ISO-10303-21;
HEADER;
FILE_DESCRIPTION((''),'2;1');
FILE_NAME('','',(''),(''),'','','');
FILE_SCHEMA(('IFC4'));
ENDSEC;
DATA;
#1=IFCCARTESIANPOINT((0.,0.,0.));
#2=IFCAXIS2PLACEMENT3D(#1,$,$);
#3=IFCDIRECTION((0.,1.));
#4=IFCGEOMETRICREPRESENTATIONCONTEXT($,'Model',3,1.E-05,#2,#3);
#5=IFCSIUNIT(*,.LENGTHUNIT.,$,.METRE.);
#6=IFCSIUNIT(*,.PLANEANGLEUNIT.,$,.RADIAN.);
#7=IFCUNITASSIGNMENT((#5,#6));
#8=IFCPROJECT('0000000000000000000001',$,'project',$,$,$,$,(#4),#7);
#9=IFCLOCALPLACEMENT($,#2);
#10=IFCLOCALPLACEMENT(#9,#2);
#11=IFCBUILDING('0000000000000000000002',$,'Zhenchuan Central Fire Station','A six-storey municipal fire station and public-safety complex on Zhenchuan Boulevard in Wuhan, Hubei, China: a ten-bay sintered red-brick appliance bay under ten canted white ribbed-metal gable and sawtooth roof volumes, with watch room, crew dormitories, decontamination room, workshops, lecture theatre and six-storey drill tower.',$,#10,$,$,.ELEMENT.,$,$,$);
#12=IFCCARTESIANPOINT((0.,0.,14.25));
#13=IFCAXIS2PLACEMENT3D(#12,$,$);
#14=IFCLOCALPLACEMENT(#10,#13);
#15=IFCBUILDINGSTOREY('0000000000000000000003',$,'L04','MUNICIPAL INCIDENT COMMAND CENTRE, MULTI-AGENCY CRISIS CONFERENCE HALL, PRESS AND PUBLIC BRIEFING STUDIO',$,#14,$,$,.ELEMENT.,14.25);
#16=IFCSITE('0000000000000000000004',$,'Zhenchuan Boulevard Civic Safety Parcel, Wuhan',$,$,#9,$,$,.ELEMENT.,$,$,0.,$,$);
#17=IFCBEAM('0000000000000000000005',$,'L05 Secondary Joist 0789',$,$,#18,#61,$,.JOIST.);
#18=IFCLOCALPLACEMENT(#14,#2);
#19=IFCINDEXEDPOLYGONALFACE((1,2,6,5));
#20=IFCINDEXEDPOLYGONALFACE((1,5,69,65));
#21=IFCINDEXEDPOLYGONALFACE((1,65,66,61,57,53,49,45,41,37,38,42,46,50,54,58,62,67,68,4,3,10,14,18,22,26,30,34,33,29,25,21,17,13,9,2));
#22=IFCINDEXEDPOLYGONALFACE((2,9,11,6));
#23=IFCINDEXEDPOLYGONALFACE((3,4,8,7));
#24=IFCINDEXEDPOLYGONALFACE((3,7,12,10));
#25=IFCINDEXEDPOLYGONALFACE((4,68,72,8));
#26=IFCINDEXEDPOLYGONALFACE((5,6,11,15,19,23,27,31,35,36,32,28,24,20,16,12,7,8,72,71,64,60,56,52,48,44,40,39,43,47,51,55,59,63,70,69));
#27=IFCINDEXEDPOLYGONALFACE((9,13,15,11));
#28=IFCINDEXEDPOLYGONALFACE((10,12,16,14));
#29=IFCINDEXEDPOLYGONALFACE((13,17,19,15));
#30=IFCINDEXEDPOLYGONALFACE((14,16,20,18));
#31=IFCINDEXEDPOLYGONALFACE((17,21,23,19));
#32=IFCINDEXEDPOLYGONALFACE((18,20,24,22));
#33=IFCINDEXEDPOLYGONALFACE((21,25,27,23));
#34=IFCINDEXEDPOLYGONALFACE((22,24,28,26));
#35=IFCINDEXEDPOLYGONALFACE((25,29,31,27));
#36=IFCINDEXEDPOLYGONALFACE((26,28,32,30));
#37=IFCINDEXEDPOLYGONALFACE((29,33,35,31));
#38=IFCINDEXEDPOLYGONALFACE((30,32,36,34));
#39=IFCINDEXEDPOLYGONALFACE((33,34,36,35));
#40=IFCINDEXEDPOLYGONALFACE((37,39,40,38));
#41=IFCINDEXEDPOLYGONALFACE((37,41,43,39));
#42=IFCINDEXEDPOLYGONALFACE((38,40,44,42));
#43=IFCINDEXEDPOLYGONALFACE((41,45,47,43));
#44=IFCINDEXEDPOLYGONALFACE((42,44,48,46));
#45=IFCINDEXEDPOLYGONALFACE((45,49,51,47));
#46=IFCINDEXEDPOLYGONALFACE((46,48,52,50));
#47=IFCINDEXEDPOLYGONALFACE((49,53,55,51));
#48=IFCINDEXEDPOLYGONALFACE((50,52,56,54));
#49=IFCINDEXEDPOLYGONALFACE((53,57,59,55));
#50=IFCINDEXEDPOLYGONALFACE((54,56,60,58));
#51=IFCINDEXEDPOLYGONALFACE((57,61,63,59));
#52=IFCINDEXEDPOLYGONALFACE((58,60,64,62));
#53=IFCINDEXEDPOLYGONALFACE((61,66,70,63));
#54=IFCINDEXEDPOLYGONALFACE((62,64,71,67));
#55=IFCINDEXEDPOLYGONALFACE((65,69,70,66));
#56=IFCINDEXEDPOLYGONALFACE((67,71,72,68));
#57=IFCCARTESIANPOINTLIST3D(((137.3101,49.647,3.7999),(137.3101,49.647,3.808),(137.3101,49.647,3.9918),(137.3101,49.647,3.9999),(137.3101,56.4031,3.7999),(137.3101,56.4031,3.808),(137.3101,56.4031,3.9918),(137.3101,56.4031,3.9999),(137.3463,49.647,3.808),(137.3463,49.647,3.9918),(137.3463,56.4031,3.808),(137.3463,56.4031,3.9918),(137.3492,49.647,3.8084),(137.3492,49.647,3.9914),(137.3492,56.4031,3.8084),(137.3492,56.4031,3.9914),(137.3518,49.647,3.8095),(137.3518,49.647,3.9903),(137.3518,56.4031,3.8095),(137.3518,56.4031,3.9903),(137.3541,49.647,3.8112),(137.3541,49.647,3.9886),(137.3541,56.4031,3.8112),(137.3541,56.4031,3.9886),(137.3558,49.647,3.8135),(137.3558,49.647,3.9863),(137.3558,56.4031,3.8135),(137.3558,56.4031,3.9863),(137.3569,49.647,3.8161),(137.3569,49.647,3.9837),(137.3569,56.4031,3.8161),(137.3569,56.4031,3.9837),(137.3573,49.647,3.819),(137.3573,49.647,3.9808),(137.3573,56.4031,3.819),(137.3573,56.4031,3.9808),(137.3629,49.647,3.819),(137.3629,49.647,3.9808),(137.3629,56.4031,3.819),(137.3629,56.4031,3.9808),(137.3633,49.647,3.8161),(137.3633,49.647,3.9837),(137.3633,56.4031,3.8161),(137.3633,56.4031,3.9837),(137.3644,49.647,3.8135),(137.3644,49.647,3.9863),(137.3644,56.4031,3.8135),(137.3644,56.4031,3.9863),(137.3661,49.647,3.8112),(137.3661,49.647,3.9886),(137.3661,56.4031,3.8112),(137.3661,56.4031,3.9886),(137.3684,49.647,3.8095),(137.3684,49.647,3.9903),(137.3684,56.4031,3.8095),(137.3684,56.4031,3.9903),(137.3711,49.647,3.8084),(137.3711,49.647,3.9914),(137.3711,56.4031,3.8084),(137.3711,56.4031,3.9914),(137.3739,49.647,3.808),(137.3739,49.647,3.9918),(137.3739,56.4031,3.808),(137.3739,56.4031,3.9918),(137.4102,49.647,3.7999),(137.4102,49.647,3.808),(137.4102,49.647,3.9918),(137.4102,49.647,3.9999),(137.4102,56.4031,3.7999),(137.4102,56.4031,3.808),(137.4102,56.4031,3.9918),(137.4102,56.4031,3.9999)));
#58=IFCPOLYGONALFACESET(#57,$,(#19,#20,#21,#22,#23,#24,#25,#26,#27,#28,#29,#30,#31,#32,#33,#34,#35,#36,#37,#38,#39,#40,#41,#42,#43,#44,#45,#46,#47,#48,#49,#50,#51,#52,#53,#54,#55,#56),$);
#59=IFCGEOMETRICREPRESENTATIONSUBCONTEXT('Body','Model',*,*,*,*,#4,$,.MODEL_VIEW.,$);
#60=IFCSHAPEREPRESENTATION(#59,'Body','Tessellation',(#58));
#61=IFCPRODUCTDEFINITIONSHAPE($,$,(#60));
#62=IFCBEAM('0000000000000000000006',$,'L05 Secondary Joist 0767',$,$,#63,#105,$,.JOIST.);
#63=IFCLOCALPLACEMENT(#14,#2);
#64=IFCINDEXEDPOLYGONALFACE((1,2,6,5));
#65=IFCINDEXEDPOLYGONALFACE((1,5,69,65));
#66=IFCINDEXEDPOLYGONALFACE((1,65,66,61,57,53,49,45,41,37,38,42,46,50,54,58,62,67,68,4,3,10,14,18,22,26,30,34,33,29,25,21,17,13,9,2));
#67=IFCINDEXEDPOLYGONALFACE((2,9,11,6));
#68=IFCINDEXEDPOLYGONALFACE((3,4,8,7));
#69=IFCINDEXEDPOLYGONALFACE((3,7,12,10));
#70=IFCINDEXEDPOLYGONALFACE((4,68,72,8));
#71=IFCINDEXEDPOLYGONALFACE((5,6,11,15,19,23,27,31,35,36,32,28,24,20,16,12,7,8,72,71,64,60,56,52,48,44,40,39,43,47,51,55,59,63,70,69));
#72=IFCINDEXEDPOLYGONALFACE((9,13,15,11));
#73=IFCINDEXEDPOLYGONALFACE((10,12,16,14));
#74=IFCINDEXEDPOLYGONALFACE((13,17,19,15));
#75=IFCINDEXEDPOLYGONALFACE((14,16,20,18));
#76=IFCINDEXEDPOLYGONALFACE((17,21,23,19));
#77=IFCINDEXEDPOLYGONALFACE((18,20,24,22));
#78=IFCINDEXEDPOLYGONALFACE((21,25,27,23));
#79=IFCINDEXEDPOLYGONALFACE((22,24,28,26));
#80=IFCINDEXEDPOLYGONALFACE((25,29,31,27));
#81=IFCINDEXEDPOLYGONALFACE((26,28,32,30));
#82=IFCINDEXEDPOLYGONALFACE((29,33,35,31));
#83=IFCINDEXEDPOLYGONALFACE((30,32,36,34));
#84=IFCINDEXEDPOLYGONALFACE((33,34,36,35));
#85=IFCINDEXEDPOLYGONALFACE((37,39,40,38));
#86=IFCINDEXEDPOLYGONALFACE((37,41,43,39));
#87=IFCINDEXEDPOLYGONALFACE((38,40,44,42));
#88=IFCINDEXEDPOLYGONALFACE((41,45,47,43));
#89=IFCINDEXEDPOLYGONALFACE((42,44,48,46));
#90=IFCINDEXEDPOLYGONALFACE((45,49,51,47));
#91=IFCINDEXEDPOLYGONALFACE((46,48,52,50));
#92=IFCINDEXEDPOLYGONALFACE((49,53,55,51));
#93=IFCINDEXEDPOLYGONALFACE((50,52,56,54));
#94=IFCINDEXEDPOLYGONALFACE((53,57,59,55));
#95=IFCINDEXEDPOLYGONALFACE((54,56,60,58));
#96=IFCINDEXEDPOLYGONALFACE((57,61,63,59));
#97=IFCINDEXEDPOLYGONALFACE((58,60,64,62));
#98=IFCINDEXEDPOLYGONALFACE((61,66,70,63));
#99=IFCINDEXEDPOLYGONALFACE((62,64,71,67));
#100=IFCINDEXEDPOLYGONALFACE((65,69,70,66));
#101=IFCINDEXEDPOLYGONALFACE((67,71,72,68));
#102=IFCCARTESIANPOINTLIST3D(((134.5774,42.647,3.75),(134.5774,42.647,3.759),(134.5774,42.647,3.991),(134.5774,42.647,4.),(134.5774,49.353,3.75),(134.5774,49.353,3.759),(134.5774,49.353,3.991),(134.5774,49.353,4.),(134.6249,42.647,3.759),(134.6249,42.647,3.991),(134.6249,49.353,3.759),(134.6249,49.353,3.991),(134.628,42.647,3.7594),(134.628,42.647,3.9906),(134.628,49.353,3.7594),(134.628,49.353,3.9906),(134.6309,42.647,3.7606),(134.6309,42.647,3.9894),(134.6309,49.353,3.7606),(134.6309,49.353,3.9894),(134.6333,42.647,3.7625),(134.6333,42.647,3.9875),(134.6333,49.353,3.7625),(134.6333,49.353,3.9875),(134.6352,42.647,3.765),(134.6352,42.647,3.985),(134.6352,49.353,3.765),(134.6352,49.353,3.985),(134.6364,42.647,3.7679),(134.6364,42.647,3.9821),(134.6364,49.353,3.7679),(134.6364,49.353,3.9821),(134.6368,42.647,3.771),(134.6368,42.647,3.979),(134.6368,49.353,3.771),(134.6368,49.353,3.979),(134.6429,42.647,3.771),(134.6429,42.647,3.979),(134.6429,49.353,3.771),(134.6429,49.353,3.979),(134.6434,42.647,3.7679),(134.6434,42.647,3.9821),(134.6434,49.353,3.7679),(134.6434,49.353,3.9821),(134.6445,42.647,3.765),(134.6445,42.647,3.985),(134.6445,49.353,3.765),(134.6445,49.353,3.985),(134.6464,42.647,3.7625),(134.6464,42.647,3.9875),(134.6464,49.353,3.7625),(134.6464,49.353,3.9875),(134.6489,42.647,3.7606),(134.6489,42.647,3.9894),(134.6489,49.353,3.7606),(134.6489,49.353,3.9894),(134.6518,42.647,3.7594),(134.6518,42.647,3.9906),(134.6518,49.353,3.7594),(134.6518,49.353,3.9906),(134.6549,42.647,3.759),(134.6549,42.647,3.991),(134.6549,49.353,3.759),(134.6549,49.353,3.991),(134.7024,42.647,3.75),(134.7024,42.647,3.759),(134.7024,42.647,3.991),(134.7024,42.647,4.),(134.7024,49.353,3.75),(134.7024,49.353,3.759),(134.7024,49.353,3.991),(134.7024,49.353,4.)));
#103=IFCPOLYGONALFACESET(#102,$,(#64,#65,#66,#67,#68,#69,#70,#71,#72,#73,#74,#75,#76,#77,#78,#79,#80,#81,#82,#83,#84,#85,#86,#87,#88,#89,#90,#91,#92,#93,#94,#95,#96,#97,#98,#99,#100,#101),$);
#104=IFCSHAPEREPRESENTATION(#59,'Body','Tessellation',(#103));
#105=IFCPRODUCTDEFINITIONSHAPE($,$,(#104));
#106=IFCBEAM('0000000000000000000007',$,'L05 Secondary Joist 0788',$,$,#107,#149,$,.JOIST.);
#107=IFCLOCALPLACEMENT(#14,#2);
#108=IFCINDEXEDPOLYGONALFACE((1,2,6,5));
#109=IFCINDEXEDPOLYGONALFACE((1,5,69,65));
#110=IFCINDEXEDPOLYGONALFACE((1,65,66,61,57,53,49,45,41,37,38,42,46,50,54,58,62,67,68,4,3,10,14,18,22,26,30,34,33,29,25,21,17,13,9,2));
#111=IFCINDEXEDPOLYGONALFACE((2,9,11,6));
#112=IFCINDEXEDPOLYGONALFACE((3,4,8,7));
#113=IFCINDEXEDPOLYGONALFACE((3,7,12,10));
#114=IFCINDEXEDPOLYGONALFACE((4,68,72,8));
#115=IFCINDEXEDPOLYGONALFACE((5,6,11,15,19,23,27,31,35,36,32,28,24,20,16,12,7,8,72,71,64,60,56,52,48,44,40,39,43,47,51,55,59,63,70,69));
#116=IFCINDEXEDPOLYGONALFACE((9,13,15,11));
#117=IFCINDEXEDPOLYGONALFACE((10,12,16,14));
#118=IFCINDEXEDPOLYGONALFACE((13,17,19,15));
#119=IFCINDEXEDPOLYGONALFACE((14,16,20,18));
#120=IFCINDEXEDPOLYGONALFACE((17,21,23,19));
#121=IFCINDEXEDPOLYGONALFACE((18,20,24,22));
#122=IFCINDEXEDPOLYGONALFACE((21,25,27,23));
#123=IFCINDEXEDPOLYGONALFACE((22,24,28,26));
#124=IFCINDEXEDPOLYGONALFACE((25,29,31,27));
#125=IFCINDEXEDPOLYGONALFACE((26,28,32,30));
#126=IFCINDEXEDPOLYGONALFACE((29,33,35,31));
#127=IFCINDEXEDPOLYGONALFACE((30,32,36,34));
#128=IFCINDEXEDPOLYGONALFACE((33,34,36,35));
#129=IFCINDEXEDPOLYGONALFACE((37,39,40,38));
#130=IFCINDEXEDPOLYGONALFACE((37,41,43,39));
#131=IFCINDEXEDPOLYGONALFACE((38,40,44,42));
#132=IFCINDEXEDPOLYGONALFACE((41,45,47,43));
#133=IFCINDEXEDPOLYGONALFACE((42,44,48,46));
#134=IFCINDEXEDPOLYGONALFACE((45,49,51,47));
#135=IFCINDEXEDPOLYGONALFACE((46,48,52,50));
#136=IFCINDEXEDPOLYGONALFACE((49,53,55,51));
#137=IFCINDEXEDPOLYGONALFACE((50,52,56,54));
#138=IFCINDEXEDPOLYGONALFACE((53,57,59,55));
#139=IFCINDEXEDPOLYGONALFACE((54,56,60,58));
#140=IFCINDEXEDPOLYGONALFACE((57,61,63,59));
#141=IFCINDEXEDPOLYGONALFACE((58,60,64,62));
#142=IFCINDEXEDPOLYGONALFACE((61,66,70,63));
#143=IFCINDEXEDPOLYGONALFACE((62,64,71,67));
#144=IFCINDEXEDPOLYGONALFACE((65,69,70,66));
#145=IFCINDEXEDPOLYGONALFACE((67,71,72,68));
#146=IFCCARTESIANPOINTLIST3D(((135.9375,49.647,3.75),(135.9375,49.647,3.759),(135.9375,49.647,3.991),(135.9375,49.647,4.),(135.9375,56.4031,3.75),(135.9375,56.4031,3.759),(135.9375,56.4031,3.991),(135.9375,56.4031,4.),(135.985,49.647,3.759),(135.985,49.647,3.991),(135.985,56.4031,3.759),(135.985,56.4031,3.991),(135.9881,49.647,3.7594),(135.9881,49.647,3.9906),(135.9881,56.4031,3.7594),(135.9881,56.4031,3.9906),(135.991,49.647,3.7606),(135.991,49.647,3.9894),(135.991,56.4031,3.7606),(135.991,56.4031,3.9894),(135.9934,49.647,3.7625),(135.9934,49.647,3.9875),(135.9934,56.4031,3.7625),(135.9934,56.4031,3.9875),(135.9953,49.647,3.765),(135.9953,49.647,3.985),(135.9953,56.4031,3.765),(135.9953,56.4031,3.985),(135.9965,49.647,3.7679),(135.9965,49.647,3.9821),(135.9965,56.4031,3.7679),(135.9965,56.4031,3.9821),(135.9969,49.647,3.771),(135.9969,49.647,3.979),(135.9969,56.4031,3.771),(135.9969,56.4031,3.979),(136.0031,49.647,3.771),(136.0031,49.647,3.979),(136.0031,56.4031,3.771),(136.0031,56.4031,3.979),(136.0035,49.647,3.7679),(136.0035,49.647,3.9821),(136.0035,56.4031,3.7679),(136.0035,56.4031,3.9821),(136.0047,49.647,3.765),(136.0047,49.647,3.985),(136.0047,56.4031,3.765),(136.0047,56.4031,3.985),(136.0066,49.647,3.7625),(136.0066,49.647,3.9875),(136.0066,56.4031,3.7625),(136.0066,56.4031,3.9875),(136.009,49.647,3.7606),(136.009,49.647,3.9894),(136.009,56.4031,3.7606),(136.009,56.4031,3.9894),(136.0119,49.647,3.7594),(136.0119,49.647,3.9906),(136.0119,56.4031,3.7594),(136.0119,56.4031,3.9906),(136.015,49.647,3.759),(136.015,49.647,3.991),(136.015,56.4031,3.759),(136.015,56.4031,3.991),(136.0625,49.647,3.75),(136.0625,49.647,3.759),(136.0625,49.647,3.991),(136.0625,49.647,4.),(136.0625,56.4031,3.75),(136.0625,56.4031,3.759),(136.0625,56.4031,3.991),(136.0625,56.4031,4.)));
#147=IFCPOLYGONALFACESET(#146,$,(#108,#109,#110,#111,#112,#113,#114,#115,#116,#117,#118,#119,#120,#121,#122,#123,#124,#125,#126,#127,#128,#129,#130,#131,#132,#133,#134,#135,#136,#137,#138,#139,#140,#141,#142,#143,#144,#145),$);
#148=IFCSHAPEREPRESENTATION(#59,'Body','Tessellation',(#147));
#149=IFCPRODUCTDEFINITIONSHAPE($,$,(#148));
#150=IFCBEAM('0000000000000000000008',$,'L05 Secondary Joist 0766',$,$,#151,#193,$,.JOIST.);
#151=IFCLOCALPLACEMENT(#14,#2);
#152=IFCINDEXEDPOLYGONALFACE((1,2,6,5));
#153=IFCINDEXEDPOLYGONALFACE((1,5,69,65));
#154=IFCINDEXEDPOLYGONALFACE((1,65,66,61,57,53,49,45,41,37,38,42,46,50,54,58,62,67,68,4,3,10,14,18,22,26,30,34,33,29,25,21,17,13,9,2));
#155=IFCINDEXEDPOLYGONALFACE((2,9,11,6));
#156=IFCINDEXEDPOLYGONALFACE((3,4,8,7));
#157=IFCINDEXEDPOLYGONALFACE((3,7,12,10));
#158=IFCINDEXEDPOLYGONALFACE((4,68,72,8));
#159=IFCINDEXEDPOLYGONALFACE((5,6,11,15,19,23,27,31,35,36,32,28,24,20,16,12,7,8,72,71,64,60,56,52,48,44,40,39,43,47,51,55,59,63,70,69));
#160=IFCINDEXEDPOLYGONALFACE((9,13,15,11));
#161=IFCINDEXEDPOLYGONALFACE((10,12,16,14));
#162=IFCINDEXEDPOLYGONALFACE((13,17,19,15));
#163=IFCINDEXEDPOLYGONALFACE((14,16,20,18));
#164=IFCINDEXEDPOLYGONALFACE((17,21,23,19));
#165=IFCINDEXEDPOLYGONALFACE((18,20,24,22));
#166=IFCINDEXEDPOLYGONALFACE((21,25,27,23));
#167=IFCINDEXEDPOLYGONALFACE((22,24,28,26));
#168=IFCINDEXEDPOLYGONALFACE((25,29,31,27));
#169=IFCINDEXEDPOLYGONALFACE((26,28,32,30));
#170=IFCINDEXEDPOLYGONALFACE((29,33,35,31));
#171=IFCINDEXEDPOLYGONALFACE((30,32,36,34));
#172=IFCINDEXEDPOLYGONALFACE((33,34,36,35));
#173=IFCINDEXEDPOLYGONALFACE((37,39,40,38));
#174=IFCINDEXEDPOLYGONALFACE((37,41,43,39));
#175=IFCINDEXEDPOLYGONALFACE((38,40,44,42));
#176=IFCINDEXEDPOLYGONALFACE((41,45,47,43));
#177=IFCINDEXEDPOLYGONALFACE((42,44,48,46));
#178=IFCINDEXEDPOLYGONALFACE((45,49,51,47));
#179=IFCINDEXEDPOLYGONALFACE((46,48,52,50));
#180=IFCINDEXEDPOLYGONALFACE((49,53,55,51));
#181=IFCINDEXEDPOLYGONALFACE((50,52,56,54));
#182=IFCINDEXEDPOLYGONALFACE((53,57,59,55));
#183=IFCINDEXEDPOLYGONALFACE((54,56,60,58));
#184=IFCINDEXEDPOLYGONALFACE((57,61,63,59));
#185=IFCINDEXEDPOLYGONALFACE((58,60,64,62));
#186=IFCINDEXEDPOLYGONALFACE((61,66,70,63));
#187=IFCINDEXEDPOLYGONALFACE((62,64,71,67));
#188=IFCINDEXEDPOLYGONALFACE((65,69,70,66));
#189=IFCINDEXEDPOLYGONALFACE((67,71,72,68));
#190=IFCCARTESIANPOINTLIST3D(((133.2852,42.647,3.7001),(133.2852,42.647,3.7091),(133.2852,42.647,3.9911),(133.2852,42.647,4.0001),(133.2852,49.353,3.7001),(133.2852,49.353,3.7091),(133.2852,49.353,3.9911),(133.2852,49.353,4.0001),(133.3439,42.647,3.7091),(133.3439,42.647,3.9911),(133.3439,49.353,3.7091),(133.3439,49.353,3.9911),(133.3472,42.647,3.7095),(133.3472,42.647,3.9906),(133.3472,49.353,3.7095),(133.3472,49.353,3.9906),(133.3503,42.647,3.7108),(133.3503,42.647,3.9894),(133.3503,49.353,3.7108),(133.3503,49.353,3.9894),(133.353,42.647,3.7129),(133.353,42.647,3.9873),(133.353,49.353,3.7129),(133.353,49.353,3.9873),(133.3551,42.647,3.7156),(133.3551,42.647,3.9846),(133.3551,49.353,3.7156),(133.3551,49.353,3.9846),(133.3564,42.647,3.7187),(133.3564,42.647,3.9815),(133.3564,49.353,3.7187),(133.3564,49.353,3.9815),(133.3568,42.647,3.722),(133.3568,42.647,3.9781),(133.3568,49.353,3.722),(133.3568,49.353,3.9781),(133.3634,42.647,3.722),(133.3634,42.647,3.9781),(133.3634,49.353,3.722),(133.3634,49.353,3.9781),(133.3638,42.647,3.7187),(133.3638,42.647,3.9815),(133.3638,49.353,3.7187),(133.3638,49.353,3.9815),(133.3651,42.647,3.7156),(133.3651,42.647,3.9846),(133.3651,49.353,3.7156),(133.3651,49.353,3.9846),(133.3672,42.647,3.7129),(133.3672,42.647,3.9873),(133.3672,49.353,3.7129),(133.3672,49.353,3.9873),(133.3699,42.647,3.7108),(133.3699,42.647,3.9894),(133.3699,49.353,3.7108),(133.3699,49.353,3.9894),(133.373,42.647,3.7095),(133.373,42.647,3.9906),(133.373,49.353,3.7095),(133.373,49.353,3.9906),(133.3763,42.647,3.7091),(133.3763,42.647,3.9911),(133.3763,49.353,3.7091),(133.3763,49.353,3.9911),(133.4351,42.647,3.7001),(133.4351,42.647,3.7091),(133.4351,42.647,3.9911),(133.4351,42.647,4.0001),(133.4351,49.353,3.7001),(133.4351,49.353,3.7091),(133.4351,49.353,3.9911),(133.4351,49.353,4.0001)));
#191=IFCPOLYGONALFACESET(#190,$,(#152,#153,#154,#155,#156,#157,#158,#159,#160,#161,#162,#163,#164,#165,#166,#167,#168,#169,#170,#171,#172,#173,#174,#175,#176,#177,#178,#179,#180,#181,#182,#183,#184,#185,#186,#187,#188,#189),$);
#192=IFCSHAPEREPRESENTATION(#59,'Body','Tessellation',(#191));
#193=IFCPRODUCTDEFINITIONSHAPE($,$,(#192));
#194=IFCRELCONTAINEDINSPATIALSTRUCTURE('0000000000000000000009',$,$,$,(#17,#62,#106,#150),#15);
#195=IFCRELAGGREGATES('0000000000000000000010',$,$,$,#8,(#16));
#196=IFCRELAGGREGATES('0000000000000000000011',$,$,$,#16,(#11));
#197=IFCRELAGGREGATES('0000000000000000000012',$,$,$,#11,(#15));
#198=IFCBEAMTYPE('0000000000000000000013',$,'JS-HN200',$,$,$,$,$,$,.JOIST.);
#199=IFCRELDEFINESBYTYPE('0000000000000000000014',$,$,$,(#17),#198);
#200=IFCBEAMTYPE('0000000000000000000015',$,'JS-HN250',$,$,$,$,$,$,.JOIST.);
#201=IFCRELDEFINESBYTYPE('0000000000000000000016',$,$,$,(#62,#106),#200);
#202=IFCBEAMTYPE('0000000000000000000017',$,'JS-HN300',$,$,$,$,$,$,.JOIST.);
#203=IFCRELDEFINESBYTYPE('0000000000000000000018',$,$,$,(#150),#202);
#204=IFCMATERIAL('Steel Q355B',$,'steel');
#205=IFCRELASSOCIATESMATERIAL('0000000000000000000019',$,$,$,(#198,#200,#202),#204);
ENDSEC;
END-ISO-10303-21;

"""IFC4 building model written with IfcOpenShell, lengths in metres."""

from ifc_helpers import new_model, si_unit, direction, frame, origin, origin_2d, place, context, subcontext, project, spatial, i_section, extrude, material, material_profile, profile_set, type_object, element, save


model = new_model("IFC4")

# Units and contexts
model_context = context("Model", 3, precision=1e-05, world=origin(), true_north=direction((0.0, 1.0)))
body_context = subcontext(model_context, "Body", "Model", "MODEL_VIEW")
ifc_project = project(units=[si_unit("LENGTHUNIT", "METRE"), si_unit("PLANEANGLEUNIT", "RADIAN")], contexts=[model_context])

# Site, building, storey
site_placement = place(None, origin())
site = spatial("IfcSite", under=ifc_project, at=site_placement, Name="Zhenchuan Boulevard Civic Safety Parcel, Wuhan", CompositionType="ELEMENT", RefElevation=0.0)
building_placement = place(site_placement, origin())
building = spatial("IfcBuilding", under=site, at=building_placement, Name="Zhenchuan Central Fire Station", Description="A six-storey municipal fire station and public-safety complex on Zhenchuan Boulevard in Wuhan, Hubei, China: a ten-bay sintered red-brick appliance bay under ten canted white ribbed-metal gable and sawtooth roof volumes, with watch room, crew dormitories, decontamination room, workshops, lecture theatre and six-storey drill tower.", CompositionType="ELEMENT")
storey_placement = place(building_placement, frame((0.0, 0.0, 14.25)))
storey = spatial("IfcBuildingStorey", under=building, at=storey_placement, Name="L04", Description="MUNICIPAL INCIDENT COMMAND CENTRE, MULTI-AGENCY CRISIS CONFERENCE HALL, PRESS AND PUBLIC BRIEFING STUDIO", CompositionType="ELEMENT", Elevation=14.25)

# Shared definitions
ifc_material_1 = material(Name="Steel Q355B", Category="steel")

# Beams
ifc_material_profile_1 = material_profile(ifc_material_1, i_section(OverallWidth=0.1001, OverallDepth=0.2, WebThickness=0.0056, FlangeThickness=0.0081, FilletRadius=0.011, at=origin_2d()), Name="HN 200x100")
ifc_profile_set_1 = profile_set([ifc_material_profile_1], Name="Steel Q355B")
beam_type_1 = type_object("IfcBeamType", Name="JS-HN200", PredefinedType="JOIST", material=ifc_profile_set_1)
beam_1_placement = place(storey_placement, frame((137.3601, 49.647, 3.8999), z_axis=(0.0, 1.0, 0.0), x_axis=(-1.0, 0.0, 0.0)))
element("IfcBeam", 1, at=beam_1_placement, inside=storey, type_object=beam_type_1, Name="L05 Secondary Joist 0789", PredefinedType="JOIST", context=body_context, shape_type="SweptSolid", body=[
    extrude(i_section(OverallWidth=0.1001, OverallDepth=0.2, WebThickness=0.0056, FlangeThickness=0.0081, FilletRadius=0.011, at=origin_2d()), origin(), (0.0, 0.0, 1.0), 6.7561),
])
ifc_material_profile_2 = material_profile(ifc_material_1, i_section(OverallWidth=0.125, OverallDepth=0.25, WebThickness=0.0061, FlangeThickness=0.009, FilletRadius=0.012, at=origin_2d()), Name="HN 250x125")
ifc_profile_set_2 = profile_set([ifc_material_profile_2], Name="Steel Q355B")
beam_type_2 = type_object("IfcBeamType", Name="JS-HN250", PredefinedType="JOIST", material=ifc_profile_set_2)
beam_2_placement = place(storey_placement, frame((134.6399, 42.647, 3.875), z_axis=(0.0, 1.0, 0.0), x_axis=(-1.0, 0.0, 0.0)))
element("IfcBeam", 2, at=beam_2_placement, inside=storey, type_object=beam_type_2, Name="L05 Secondary Joist 0767", PredefinedType="JOIST", context=body_context, shape_type="SweptSolid", body=[
    extrude(i_section(OverallWidth=0.125, OverallDepth=0.25, WebThickness=0.0061, FlangeThickness=0.009, FilletRadius=0.012, at=origin_2d()), origin(), (0.0, 0.0, 1.0), 6.7061),
])
beam_3_placement = place(storey_placement, frame((136.0, 49.647, 3.875), z_axis=(0.0, 1.0, 0.0), x_axis=(-1.0, 0.0, 0.0)))
element("IfcBeam", 3, at=beam_3_placement, inside=storey, type_object=beam_type_2, Name="L05 Secondary Joist 0788", PredefinedType="JOIST", context=body_context, shape_type="SweptSolid", body=[
    extrude(i_section(OverallWidth=0.125, OverallDepth=0.25, WebThickness=0.0061, FlangeThickness=0.009, FilletRadius=0.012, at=origin_2d()), origin(), (0.0, 0.0, 1.0), 6.7561),
])
ifc_material_profile_3 = material_profile(ifc_material_1, i_section(OverallWidth=0.1499, OverallDepth=0.3, WebThickness=0.0066, FlangeThickness=0.009, FilletRadius=0.0129, at=origin_2d()), Name="HN 300x150")
ifc_profile_set_3 = profile_set([ifc_material_profile_3], Name="Steel Q355B")
beam_type_3 = type_object("IfcBeamType", Name="JS-HN300", PredefinedType="JOIST", material=ifc_profile_set_3)
beam_4_placement = place(storey_placement, frame((133.3601, 42.647, 3.8501), z_axis=(0.0, 1.0, 0.0), x_axis=(-1.0, 0.0, 0.0)))
element("IfcBeam", 4, at=beam_4_placement, inside=storey, type_object=beam_type_3, Name="L05 Secondary Joist 0766", PredefinedType="JOIST", context=body_context, shape_type="SweptSolid", body=[
    extrude(i_section(OverallWidth=0.1499, OverallDepth=0.3, WebThickness=0.0066, FlangeThickness=0.009, FilletRadius=0.0129, at=origin_2d()), origin(), (0.0, 0.0, 1.0), 6.7061),
])

save(model, "model.ifc")
